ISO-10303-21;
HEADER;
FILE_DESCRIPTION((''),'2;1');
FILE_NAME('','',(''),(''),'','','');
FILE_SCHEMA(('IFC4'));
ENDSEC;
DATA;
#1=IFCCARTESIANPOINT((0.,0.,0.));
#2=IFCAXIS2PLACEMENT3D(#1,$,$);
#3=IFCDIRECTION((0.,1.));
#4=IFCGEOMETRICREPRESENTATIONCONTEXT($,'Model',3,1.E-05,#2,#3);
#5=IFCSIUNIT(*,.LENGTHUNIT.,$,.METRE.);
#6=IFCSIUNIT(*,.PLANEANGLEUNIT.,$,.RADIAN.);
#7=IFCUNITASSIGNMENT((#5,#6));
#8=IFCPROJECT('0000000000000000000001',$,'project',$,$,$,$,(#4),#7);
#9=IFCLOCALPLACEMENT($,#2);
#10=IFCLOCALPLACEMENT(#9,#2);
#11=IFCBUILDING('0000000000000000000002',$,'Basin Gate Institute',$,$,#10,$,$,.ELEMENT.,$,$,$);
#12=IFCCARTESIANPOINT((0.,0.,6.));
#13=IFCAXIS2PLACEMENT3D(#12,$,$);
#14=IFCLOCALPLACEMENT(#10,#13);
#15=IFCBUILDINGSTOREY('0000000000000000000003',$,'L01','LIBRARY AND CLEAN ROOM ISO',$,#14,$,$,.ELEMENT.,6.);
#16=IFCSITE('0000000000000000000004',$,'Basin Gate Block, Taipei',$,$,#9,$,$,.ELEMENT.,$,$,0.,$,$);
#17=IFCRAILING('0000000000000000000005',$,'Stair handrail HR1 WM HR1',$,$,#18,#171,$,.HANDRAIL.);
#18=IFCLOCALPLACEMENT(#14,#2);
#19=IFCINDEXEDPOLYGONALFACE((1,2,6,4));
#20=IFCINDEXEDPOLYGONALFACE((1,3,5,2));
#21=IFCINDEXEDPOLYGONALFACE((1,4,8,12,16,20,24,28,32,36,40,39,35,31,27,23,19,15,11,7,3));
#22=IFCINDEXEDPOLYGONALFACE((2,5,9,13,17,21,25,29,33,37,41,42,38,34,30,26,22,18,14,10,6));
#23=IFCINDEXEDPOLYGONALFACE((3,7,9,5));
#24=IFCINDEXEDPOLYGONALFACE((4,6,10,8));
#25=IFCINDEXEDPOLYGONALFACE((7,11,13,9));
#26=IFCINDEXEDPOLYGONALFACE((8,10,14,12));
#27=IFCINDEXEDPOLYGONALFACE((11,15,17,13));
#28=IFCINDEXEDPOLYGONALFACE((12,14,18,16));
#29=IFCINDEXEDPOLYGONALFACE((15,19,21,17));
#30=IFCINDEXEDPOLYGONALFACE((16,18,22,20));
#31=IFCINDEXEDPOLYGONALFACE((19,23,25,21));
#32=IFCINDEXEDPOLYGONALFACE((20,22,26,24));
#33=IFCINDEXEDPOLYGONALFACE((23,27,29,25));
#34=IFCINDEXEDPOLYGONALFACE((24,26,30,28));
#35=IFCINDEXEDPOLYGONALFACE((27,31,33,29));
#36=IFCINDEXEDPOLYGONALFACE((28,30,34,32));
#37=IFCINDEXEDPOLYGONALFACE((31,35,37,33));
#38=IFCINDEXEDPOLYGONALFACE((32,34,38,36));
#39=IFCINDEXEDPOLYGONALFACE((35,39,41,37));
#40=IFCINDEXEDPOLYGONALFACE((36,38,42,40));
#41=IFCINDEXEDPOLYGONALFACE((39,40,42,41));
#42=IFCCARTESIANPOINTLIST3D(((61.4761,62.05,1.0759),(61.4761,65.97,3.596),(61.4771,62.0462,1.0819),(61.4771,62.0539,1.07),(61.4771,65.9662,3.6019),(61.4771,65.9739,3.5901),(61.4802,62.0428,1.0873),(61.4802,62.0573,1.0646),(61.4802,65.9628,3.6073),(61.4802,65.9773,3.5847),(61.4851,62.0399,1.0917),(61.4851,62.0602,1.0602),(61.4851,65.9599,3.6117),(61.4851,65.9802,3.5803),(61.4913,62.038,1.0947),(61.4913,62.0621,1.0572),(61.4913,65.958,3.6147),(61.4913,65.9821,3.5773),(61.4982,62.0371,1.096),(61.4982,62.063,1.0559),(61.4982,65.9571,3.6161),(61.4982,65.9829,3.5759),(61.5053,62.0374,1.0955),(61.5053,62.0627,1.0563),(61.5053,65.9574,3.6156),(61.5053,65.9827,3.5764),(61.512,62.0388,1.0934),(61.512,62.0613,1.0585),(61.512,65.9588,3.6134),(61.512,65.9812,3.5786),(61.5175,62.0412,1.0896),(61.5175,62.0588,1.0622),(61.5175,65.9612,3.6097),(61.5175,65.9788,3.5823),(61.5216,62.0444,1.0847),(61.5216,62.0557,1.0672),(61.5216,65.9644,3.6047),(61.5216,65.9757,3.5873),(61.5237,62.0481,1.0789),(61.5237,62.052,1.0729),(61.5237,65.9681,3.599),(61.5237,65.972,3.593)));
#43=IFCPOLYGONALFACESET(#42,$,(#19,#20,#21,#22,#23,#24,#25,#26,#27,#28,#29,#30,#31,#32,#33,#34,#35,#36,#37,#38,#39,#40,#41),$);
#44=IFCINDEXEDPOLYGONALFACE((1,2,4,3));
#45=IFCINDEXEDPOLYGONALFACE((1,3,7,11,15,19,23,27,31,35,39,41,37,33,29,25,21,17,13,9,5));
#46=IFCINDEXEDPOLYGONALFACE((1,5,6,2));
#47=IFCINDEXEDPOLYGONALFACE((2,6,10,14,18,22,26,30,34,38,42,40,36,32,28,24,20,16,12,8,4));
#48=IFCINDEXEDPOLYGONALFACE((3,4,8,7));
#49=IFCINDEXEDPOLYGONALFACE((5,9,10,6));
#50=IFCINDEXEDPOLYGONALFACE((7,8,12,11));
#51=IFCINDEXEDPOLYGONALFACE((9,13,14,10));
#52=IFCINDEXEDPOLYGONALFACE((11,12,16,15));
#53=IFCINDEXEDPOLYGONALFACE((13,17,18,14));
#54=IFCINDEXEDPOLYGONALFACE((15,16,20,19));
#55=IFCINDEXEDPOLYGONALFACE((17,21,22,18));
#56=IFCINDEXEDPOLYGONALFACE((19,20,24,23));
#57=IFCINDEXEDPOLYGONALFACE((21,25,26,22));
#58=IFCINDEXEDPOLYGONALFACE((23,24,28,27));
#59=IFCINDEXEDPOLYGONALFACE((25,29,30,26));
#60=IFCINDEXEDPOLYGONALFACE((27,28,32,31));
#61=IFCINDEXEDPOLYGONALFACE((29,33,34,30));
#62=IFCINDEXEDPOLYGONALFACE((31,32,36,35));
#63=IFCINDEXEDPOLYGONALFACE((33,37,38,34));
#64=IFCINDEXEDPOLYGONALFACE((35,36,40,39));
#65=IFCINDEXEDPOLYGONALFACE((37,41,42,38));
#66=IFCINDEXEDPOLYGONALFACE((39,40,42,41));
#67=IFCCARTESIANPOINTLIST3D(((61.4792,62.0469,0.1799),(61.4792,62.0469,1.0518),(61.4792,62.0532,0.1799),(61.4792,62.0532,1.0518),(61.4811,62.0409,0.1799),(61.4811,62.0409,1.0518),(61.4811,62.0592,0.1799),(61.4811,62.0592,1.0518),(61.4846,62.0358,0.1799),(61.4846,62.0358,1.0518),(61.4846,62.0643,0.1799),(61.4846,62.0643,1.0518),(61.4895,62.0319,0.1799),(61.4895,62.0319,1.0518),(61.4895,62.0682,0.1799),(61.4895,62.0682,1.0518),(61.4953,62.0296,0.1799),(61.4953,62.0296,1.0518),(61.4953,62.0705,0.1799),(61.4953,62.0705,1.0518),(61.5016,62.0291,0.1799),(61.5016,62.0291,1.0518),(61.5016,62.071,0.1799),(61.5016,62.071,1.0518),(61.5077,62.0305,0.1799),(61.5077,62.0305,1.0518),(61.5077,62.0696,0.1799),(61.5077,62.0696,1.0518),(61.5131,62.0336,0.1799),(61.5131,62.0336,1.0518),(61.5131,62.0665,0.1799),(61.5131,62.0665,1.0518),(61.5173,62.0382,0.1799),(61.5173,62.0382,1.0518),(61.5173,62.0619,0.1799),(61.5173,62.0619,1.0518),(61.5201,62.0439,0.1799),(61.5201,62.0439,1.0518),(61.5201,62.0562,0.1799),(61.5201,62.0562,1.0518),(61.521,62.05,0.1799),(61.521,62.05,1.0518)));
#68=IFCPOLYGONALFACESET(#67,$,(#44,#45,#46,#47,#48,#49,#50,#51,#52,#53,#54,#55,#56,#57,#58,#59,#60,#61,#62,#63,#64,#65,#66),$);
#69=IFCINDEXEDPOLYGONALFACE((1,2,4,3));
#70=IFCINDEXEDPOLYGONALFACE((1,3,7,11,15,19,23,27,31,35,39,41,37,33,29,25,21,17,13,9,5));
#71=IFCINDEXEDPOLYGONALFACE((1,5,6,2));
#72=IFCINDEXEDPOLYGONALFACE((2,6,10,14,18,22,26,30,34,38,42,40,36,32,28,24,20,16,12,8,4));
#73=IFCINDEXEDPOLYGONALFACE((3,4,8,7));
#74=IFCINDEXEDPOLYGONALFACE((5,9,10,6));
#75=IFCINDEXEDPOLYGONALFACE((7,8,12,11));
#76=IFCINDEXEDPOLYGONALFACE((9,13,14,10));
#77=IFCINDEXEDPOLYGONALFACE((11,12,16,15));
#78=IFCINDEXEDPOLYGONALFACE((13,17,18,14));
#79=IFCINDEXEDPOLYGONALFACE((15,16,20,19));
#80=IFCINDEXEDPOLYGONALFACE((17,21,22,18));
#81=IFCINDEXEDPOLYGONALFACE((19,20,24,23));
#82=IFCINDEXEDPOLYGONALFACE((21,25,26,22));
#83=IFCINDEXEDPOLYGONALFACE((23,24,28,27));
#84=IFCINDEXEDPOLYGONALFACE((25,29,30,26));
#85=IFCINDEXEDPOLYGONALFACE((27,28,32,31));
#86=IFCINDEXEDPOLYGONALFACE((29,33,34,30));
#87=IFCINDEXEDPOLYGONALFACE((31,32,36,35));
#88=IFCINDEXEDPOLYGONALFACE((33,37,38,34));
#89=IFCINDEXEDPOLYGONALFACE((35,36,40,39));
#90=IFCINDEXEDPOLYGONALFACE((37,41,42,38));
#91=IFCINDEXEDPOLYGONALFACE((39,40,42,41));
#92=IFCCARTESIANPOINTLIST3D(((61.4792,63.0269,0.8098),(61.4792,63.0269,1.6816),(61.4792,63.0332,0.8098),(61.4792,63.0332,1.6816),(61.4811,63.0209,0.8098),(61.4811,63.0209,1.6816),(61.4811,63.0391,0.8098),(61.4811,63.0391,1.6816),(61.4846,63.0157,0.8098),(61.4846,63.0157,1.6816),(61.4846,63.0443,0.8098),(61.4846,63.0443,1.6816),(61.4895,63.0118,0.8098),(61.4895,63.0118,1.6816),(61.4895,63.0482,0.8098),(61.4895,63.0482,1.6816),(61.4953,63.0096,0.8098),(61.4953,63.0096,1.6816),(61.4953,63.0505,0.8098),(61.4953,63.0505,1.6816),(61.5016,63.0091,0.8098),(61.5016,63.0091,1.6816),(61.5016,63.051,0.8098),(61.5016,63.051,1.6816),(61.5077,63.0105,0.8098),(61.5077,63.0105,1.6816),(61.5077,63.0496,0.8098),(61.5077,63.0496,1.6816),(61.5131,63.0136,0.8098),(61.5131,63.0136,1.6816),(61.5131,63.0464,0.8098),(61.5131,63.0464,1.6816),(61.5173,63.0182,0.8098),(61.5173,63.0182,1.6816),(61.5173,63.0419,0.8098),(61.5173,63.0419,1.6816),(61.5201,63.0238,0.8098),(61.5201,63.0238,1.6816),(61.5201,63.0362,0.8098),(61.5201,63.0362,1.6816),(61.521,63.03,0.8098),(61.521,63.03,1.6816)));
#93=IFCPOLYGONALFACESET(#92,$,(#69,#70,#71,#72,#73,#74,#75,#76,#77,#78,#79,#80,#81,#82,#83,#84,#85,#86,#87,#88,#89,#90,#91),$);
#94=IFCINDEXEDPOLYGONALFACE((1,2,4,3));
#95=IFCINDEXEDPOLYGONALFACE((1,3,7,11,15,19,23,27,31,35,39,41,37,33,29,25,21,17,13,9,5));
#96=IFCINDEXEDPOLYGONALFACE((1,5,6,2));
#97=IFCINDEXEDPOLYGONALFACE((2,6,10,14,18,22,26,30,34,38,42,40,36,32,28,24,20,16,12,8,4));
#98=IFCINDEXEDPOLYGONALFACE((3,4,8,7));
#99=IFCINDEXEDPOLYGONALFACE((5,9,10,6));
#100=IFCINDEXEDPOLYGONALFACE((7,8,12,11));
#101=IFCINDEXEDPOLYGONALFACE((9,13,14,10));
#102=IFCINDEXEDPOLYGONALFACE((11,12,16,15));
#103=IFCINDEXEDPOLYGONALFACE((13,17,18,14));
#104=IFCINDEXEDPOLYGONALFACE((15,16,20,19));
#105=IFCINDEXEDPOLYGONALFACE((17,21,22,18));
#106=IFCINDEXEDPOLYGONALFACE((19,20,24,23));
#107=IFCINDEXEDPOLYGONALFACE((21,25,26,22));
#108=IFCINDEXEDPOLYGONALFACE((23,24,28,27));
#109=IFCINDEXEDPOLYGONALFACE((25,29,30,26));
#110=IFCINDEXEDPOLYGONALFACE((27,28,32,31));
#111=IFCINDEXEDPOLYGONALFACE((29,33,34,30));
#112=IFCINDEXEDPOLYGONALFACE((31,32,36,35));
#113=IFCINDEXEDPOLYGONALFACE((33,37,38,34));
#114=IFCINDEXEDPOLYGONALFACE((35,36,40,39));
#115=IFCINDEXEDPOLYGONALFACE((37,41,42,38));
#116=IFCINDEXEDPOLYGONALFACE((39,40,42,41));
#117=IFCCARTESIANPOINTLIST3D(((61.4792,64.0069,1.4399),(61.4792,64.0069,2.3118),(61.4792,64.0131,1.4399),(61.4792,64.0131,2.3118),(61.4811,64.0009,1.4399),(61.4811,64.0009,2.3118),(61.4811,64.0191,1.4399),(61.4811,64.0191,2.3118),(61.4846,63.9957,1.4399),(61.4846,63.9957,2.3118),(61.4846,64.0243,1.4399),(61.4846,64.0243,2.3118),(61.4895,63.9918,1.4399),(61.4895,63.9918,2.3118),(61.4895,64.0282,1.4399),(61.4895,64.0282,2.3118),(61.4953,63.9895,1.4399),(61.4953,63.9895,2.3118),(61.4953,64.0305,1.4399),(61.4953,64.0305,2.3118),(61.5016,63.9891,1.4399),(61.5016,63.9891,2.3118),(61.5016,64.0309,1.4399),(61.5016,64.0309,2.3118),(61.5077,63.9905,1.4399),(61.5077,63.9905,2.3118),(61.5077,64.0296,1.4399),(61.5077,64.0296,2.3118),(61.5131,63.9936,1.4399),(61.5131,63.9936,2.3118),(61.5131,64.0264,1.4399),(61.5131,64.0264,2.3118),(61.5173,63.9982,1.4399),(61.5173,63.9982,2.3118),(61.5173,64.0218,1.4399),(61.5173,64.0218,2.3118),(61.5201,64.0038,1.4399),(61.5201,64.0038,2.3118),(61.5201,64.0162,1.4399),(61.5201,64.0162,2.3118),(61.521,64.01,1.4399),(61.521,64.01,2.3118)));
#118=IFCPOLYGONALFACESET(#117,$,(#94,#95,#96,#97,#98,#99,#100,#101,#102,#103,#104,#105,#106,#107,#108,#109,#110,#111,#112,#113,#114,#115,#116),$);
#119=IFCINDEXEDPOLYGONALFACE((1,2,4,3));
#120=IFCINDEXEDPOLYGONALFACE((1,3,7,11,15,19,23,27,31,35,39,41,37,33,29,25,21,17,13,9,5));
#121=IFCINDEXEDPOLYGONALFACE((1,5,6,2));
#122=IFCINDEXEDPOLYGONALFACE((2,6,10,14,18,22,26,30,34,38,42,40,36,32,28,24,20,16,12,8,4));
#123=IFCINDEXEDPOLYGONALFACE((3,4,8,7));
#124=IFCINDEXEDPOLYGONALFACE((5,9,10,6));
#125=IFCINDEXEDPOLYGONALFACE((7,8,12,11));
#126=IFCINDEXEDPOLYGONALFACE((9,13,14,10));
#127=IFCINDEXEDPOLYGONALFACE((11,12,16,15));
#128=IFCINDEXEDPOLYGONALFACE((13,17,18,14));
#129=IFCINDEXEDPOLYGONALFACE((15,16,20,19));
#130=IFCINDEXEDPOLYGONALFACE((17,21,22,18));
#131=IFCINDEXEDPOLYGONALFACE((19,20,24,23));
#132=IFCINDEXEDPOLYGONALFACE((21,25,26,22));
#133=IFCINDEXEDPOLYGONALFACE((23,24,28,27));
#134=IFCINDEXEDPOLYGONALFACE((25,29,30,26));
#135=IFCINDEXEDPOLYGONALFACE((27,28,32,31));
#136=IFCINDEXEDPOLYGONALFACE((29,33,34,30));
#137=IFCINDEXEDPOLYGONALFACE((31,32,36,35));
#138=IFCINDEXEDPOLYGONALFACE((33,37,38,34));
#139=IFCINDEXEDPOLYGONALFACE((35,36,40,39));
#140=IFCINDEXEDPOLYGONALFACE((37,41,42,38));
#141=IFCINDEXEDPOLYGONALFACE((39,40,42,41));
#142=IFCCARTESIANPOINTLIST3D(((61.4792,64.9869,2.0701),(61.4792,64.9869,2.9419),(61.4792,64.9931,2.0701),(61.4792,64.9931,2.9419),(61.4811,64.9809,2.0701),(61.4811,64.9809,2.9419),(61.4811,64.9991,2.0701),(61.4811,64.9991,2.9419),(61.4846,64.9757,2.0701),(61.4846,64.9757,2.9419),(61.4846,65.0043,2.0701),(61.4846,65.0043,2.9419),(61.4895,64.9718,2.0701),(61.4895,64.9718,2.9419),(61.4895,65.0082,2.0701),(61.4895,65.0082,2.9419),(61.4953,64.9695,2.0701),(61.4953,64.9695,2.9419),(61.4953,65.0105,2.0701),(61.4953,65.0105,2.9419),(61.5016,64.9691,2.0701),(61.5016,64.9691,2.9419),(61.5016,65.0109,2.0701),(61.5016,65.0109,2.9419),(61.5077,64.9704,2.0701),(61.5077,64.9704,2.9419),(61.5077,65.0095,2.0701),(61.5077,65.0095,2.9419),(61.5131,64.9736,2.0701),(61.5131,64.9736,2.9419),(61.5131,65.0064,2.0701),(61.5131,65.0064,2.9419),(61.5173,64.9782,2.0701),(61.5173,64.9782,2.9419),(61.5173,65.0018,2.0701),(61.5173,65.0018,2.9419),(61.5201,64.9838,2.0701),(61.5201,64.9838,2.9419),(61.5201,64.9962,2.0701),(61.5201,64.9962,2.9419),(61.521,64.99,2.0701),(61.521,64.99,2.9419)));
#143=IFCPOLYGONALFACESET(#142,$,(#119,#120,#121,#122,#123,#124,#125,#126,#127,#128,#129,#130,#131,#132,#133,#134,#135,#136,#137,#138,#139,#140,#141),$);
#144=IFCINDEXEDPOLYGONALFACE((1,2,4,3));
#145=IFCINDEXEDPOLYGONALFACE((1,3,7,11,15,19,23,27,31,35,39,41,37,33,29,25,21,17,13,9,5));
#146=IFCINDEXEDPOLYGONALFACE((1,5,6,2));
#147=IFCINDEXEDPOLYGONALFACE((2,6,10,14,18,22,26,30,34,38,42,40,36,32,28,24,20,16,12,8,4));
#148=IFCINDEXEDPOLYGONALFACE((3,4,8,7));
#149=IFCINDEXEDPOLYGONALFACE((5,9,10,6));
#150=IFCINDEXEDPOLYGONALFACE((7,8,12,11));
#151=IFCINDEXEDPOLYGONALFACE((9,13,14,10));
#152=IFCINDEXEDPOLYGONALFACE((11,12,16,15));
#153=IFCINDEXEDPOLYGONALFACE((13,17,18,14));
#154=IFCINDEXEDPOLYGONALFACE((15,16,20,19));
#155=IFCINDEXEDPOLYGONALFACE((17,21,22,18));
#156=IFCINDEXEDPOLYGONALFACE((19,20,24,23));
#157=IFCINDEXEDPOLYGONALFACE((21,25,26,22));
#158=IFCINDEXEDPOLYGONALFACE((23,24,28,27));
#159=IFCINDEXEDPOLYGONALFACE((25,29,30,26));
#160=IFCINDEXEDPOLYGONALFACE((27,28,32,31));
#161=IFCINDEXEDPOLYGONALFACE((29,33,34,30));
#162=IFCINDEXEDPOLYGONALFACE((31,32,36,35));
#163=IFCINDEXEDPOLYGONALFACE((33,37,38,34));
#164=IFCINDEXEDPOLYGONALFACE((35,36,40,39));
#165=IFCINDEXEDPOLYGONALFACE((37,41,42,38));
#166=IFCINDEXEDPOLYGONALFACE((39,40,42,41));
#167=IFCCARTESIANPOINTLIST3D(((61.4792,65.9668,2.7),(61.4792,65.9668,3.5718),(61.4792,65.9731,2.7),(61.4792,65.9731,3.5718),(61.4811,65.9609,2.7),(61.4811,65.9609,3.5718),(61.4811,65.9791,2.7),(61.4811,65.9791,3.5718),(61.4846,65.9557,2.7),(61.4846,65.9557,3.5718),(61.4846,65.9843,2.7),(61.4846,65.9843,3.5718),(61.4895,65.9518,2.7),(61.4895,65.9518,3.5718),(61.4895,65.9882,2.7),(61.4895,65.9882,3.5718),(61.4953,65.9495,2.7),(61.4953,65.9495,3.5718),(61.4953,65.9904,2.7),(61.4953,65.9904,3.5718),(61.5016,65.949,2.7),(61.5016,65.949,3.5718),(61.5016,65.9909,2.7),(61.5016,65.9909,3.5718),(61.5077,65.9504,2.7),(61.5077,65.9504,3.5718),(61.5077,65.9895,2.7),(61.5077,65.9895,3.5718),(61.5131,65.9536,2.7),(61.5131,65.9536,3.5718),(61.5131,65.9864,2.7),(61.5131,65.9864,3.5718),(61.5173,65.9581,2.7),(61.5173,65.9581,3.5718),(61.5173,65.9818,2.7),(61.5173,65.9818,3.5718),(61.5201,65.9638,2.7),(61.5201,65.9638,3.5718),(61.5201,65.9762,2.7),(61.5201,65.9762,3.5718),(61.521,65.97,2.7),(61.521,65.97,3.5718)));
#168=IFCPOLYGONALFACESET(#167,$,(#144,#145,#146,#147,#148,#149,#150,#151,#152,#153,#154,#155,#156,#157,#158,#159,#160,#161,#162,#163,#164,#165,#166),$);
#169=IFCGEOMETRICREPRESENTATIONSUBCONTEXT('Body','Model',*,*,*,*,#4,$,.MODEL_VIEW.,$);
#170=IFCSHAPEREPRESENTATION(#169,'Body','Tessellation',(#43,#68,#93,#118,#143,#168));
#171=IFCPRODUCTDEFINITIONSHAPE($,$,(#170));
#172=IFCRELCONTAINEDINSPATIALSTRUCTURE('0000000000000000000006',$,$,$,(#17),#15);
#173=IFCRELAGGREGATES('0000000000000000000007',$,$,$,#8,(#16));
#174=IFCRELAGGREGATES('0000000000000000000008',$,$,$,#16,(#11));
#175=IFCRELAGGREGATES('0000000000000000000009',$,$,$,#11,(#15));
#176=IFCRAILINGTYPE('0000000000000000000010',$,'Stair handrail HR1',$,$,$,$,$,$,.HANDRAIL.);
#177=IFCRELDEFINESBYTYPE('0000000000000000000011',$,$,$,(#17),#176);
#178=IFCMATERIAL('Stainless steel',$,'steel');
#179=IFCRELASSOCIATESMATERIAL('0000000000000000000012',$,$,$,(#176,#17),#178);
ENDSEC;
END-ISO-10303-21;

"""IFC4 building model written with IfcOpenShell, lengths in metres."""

from ifc_helpers import new_model, si_unit, direction, frame, origin, origin_2d, place, context, subcontext, project, spatial, circle, extrude, material, type_object, element, save


model = new_model("IFC4")

# Units and contexts
model_context = context("Model", 3, precision=1e-05, world=origin(), true_north=direction((0.0, 1.0)))
body_context = subcontext(model_context, "Body", "Model", "MODEL_VIEW")
ifc_project = project(units=[si_unit("LENGTHUNIT", "METRE"), si_unit("PLANEANGLEUNIT", "RADIAN")], contexts=[model_context])

# Site, building, storey
site_placement = place(None, origin())
site = spatial("IfcSite", under=ifc_project, at=site_placement, Name="Basin Gate Block, Taipei", CompositionType="ELEMENT", RefElevation=0.0)
building_placement = place(site_placement, origin())
building = spatial("IfcBuilding", under=site, at=building_placement, Name="Basin Gate Institute", CompositionType="ELEMENT")
storey_placement = place(building_placement, frame((0.0, 0.0, 6.0)))
storey = spatial("IfcBuildingStorey", under=building, at=storey_placement, Name="L01", Description="LIBRARY AND CLEAN ROOM ISO", CompositionType="ELEMENT", Elevation=6.0)

# Railing
ifc_material_1 = material(Name="Stainless steel", Category="steel")
railing_type_1 = type_object("IfcRailingType", Name="Stair handrail HR1", PredefinedType="HANDRAIL", material=ifc_material_1)
for number, where, name in (
    (1, (61.5, 62.05, 0.1799), "Stair handrail HR1 WM HR1"),
):
    element("IfcRailing", number, at=place(storey_placement, frame(where)), inside=storey, type_object=railing_type_1, material=ifc_material_1, Name=name, PredefinedType="HANDRAIL", context=body_context, shape_type="SweptSolid", body=[
        extrude(circle(Radius=0.0239, at=origin_2d()), frame((0.0, 0.0, 0.896), z_axis=(0.0, 0.841172, 0.540768), x_axis=(-1.0, 0.0, 0.0)), (0.0, 0.0, 1.0), 4.6602),
        extrude(circle(Radius=0.021, at=origin_2d()), origin(), (0.0, 0.0, 1.0), 0.8718),
        extrude(circle(Radius=0.021, at=origin_2d()), frame((0.0, 0.98, 0.6299)), (0.0, 0.0, 1.0), 0.8718),
        extrude(circle(Radius=0.021, at=origin_2d()), frame((0.0, 1.96, 1.26)), (0.0, 0.0, 1.0), 0.8718),
        extrude(circle(Radius=0.021, at=origin_2d()), frame((0.0, 2.9399, 1.8901)), (0.0, 0.0, 1.0), 0.8718),
        extrude(circle(Radius=0.021, at=origin_2d()), frame((0.0, 3.9199, 2.52)), (0.0, 0.0, 1.0), 0.8718),
    ])

save(model, "model.ifc")
